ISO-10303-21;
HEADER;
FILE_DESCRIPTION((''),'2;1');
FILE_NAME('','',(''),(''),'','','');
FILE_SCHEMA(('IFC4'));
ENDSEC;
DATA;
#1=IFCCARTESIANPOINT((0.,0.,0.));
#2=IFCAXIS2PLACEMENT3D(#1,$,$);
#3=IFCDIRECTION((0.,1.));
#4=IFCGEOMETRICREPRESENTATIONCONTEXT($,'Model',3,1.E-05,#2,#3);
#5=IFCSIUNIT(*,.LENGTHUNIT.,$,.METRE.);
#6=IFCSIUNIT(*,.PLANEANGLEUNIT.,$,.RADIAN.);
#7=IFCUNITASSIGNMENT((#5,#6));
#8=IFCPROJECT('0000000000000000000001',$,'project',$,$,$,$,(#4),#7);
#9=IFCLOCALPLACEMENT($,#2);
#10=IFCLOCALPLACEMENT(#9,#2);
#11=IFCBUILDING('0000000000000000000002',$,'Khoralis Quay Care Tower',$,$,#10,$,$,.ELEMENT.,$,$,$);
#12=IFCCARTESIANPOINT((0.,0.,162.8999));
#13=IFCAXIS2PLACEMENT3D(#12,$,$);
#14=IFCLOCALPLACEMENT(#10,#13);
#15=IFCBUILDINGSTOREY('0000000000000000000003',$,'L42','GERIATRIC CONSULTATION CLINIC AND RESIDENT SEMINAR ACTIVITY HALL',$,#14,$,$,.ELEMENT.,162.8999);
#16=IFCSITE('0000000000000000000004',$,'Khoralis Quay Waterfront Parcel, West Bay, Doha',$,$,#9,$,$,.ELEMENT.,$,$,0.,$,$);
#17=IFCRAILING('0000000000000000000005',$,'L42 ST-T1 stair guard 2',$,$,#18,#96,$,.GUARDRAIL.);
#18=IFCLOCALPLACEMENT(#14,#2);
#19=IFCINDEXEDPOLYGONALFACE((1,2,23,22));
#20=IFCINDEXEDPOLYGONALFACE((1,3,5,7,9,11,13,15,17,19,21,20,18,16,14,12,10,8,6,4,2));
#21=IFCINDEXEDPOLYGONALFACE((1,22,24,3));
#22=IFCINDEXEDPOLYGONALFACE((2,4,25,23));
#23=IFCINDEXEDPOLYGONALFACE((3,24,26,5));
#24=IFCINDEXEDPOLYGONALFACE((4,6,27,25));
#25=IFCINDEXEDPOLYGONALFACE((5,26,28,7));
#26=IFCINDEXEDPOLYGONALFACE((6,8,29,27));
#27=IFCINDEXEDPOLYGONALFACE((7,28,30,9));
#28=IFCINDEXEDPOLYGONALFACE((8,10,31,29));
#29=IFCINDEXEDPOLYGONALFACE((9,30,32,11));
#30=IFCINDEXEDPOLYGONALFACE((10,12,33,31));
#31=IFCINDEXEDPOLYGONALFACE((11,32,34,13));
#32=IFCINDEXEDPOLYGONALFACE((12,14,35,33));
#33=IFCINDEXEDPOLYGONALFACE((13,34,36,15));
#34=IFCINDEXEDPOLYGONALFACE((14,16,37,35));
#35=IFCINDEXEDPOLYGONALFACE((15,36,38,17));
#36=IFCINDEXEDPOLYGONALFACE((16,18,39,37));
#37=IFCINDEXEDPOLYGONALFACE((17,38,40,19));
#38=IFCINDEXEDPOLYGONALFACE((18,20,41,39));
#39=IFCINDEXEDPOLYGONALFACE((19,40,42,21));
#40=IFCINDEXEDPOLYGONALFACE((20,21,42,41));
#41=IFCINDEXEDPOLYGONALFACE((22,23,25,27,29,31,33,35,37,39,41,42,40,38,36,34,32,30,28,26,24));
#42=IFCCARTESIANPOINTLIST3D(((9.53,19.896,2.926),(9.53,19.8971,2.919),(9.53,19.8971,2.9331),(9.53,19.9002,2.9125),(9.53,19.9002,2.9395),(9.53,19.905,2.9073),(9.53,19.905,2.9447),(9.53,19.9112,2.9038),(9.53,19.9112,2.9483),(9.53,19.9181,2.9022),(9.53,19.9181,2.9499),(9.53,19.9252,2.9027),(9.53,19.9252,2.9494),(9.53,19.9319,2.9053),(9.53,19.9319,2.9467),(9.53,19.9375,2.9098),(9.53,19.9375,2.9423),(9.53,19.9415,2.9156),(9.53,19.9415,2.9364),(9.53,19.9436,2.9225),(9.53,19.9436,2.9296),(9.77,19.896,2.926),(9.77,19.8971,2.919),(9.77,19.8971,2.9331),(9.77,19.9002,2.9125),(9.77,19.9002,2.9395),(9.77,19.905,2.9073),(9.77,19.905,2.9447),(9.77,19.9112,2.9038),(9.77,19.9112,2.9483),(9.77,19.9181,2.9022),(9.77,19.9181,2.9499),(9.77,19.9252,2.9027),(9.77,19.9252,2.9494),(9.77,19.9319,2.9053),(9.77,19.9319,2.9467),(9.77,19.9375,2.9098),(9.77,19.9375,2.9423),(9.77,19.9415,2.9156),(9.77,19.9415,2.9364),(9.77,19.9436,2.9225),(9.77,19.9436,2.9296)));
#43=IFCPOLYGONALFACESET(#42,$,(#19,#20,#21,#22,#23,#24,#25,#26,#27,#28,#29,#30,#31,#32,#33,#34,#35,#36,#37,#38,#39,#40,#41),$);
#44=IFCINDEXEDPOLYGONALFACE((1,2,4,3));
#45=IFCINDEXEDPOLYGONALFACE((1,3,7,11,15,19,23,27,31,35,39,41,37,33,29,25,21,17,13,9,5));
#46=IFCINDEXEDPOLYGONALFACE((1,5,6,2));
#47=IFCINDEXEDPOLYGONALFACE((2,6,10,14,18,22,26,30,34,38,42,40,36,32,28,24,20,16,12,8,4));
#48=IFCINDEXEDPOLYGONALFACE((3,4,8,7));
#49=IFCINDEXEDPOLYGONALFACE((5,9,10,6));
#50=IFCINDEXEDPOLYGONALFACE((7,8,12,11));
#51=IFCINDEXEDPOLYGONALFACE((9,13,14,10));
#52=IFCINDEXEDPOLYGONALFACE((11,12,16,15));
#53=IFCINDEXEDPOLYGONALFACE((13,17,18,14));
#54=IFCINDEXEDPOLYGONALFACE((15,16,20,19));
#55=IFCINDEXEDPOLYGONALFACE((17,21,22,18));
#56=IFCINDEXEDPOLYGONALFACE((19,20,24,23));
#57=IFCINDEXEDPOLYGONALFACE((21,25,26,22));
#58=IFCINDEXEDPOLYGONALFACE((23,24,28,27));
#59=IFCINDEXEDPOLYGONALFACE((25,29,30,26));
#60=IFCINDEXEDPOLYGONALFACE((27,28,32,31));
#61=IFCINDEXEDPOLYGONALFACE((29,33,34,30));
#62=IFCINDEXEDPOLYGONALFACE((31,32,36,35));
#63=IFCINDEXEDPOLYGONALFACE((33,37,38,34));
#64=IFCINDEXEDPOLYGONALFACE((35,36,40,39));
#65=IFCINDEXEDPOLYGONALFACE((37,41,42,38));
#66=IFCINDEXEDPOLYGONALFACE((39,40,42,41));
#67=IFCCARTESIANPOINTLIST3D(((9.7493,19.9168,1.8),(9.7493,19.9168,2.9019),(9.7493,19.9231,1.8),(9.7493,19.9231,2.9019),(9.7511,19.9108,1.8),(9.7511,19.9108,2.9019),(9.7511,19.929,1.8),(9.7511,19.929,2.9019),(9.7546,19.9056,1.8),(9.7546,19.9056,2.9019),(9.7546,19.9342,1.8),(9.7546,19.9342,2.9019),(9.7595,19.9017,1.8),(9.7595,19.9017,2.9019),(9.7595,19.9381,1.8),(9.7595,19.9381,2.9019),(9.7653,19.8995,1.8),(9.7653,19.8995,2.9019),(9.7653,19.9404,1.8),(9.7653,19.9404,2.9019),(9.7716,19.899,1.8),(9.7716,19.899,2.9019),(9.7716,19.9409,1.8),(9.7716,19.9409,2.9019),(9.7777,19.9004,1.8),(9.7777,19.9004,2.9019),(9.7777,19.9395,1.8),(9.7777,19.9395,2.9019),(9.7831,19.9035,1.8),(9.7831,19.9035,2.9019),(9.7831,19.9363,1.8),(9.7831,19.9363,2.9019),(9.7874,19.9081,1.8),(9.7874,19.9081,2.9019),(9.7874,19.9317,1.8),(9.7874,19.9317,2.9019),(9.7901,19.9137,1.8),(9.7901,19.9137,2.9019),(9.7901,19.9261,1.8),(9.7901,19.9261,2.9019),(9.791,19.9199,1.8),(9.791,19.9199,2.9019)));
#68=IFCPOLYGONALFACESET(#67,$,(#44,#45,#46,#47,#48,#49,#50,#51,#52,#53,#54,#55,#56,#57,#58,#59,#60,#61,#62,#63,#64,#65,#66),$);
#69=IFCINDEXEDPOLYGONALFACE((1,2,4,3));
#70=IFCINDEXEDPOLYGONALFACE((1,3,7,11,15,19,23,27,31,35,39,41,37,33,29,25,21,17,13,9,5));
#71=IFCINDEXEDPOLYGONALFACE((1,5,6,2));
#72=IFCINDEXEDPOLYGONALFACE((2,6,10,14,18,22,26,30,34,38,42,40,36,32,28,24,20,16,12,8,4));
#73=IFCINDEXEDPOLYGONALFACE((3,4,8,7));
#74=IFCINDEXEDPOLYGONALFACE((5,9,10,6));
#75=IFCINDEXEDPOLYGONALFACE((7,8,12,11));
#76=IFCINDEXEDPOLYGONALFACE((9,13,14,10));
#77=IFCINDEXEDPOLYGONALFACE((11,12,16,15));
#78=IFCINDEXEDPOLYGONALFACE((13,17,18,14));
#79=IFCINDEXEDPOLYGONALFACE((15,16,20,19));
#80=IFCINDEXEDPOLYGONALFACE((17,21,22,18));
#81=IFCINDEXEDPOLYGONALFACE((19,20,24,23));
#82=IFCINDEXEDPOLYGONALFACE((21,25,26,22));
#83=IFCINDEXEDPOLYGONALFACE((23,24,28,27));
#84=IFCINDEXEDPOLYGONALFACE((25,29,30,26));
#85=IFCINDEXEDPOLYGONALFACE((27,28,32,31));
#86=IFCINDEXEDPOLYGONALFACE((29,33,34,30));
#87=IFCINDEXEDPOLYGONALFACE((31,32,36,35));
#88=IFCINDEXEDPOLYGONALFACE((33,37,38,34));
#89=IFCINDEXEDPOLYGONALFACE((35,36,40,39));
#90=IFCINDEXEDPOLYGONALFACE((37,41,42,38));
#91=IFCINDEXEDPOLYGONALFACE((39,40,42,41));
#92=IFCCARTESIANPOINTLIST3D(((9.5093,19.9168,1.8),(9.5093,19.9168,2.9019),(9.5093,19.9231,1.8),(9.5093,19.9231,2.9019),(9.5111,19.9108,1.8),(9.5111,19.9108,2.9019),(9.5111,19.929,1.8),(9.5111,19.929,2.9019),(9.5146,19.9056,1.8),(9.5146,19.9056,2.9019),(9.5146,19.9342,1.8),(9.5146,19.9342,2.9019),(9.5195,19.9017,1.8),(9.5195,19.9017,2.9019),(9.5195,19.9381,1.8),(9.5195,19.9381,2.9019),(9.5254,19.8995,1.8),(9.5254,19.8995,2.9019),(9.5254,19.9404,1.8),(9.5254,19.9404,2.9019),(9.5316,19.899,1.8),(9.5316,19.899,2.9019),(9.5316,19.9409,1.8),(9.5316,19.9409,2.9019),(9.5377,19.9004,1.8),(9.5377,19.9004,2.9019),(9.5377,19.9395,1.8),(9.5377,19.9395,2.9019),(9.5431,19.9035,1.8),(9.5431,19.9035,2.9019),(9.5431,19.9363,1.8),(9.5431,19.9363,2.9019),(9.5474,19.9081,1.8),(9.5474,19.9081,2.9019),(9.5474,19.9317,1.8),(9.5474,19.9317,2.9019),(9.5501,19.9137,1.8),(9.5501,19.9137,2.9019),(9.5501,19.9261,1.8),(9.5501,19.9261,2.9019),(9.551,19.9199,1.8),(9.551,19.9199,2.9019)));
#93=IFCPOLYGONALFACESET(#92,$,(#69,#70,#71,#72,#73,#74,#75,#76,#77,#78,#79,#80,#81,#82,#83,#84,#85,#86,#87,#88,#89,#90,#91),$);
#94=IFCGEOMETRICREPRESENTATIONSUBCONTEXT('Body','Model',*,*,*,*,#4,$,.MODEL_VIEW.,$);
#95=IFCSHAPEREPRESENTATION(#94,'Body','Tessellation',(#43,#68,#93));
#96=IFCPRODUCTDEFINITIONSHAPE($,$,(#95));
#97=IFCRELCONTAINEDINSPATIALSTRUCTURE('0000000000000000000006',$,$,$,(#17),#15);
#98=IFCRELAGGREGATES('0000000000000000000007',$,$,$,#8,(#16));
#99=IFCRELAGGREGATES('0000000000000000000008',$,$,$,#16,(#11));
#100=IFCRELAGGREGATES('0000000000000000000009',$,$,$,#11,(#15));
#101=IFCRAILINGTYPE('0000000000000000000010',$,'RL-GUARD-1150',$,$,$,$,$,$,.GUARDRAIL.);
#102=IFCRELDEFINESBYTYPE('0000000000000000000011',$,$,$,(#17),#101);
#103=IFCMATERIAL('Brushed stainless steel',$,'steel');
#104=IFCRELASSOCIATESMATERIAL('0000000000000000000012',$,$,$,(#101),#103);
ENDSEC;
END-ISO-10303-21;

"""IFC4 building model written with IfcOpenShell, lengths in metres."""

from ifc_helpers import new_model, si_unit, direction, frame, origin, origin_2d, place, context, subcontext, project, spatial, circle, extrude, material, type_object, element, save


model = new_model("IFC4")

# Units and contexts
model_context = context("Model", 3, precision=1e-05, world=origin(), true_north=direction((0.0, 1.0)))
body_context = subcontext(model_context, "Body", "Model", "MODEL_VIEW")
ifc_project = project(units=[si_unit("LENGTHUNIT", "METRE"), si_unit("PLANEANGLEUNIT", "RADIAN")], contexts=[model_context])

# Site, building, storey
site_placement = place(None, origin())
site = spatial("IfcSite", under=ifc_project, at=site_placement, Name="Khoralis Quay Waterfront Parcel, West Bay, Doha", CompositionType="ELEMENT", RefElevation=0.0)
building_placement = place(site_placement, origin())
building = spatial("IfcBuilding", under=site, at=building_placement, Name="Khoralis Quay Care Tower", CompositionType="ELEMENT")
storey_placement = place(building_placement, frame((0.0, 0.0, 162.8999)))
storey = spatial("IfcBuildingStorey", under=building, at=storey_placement, Name="L42", Description="GERIATRIC CONSULTATION CLINIC AND RESIDENT SEMINAR ACTIVITY HALL", CompositionType="ELEMENT", Elevation=162.8999)

# Railing
ifc_material_1 = material(Name="Brushed stainless steel", Category="steel")
railing_type_1 = type_object("IfcRailingType", Name="RL-GUARD-1150", PredefinedType="GUARDRAIL", material=ifc_material_1)
railing_1_placement = place(storey_placement, frame((9.77, 19.9199, 1.8)))
element("IfcRailing", 1, at=railing_1_placement, inside=storey, type_object=railing_type_1, Name="L42 ST-T1 stair guard 2", PredefinedType="GUARDRAIL", context=body_context, shape_type="SweptSolid", body=[
    extrude(circle(Radius=0.0239, at=origin_2d()), frame((0.0, 0.0, 1.126), z_axis=(-1.0, 0.0, 0.0), x_axis=(0.0, -1.0, 0.0)), (0.0, 0.0, 1.0), 0.24),
    extrude(circle(Radius=0.021, at=origin_2d()), origin(), (0.0, 0.0, 1.0), 1.1018),
    extrude(circle(Radius=0.021, at=origin_2d()), frame((-0.24, 0.0, 0.0)), (0.0, 0.0, 1.0), 1.1018),
])

save(model, "model.ifc")
